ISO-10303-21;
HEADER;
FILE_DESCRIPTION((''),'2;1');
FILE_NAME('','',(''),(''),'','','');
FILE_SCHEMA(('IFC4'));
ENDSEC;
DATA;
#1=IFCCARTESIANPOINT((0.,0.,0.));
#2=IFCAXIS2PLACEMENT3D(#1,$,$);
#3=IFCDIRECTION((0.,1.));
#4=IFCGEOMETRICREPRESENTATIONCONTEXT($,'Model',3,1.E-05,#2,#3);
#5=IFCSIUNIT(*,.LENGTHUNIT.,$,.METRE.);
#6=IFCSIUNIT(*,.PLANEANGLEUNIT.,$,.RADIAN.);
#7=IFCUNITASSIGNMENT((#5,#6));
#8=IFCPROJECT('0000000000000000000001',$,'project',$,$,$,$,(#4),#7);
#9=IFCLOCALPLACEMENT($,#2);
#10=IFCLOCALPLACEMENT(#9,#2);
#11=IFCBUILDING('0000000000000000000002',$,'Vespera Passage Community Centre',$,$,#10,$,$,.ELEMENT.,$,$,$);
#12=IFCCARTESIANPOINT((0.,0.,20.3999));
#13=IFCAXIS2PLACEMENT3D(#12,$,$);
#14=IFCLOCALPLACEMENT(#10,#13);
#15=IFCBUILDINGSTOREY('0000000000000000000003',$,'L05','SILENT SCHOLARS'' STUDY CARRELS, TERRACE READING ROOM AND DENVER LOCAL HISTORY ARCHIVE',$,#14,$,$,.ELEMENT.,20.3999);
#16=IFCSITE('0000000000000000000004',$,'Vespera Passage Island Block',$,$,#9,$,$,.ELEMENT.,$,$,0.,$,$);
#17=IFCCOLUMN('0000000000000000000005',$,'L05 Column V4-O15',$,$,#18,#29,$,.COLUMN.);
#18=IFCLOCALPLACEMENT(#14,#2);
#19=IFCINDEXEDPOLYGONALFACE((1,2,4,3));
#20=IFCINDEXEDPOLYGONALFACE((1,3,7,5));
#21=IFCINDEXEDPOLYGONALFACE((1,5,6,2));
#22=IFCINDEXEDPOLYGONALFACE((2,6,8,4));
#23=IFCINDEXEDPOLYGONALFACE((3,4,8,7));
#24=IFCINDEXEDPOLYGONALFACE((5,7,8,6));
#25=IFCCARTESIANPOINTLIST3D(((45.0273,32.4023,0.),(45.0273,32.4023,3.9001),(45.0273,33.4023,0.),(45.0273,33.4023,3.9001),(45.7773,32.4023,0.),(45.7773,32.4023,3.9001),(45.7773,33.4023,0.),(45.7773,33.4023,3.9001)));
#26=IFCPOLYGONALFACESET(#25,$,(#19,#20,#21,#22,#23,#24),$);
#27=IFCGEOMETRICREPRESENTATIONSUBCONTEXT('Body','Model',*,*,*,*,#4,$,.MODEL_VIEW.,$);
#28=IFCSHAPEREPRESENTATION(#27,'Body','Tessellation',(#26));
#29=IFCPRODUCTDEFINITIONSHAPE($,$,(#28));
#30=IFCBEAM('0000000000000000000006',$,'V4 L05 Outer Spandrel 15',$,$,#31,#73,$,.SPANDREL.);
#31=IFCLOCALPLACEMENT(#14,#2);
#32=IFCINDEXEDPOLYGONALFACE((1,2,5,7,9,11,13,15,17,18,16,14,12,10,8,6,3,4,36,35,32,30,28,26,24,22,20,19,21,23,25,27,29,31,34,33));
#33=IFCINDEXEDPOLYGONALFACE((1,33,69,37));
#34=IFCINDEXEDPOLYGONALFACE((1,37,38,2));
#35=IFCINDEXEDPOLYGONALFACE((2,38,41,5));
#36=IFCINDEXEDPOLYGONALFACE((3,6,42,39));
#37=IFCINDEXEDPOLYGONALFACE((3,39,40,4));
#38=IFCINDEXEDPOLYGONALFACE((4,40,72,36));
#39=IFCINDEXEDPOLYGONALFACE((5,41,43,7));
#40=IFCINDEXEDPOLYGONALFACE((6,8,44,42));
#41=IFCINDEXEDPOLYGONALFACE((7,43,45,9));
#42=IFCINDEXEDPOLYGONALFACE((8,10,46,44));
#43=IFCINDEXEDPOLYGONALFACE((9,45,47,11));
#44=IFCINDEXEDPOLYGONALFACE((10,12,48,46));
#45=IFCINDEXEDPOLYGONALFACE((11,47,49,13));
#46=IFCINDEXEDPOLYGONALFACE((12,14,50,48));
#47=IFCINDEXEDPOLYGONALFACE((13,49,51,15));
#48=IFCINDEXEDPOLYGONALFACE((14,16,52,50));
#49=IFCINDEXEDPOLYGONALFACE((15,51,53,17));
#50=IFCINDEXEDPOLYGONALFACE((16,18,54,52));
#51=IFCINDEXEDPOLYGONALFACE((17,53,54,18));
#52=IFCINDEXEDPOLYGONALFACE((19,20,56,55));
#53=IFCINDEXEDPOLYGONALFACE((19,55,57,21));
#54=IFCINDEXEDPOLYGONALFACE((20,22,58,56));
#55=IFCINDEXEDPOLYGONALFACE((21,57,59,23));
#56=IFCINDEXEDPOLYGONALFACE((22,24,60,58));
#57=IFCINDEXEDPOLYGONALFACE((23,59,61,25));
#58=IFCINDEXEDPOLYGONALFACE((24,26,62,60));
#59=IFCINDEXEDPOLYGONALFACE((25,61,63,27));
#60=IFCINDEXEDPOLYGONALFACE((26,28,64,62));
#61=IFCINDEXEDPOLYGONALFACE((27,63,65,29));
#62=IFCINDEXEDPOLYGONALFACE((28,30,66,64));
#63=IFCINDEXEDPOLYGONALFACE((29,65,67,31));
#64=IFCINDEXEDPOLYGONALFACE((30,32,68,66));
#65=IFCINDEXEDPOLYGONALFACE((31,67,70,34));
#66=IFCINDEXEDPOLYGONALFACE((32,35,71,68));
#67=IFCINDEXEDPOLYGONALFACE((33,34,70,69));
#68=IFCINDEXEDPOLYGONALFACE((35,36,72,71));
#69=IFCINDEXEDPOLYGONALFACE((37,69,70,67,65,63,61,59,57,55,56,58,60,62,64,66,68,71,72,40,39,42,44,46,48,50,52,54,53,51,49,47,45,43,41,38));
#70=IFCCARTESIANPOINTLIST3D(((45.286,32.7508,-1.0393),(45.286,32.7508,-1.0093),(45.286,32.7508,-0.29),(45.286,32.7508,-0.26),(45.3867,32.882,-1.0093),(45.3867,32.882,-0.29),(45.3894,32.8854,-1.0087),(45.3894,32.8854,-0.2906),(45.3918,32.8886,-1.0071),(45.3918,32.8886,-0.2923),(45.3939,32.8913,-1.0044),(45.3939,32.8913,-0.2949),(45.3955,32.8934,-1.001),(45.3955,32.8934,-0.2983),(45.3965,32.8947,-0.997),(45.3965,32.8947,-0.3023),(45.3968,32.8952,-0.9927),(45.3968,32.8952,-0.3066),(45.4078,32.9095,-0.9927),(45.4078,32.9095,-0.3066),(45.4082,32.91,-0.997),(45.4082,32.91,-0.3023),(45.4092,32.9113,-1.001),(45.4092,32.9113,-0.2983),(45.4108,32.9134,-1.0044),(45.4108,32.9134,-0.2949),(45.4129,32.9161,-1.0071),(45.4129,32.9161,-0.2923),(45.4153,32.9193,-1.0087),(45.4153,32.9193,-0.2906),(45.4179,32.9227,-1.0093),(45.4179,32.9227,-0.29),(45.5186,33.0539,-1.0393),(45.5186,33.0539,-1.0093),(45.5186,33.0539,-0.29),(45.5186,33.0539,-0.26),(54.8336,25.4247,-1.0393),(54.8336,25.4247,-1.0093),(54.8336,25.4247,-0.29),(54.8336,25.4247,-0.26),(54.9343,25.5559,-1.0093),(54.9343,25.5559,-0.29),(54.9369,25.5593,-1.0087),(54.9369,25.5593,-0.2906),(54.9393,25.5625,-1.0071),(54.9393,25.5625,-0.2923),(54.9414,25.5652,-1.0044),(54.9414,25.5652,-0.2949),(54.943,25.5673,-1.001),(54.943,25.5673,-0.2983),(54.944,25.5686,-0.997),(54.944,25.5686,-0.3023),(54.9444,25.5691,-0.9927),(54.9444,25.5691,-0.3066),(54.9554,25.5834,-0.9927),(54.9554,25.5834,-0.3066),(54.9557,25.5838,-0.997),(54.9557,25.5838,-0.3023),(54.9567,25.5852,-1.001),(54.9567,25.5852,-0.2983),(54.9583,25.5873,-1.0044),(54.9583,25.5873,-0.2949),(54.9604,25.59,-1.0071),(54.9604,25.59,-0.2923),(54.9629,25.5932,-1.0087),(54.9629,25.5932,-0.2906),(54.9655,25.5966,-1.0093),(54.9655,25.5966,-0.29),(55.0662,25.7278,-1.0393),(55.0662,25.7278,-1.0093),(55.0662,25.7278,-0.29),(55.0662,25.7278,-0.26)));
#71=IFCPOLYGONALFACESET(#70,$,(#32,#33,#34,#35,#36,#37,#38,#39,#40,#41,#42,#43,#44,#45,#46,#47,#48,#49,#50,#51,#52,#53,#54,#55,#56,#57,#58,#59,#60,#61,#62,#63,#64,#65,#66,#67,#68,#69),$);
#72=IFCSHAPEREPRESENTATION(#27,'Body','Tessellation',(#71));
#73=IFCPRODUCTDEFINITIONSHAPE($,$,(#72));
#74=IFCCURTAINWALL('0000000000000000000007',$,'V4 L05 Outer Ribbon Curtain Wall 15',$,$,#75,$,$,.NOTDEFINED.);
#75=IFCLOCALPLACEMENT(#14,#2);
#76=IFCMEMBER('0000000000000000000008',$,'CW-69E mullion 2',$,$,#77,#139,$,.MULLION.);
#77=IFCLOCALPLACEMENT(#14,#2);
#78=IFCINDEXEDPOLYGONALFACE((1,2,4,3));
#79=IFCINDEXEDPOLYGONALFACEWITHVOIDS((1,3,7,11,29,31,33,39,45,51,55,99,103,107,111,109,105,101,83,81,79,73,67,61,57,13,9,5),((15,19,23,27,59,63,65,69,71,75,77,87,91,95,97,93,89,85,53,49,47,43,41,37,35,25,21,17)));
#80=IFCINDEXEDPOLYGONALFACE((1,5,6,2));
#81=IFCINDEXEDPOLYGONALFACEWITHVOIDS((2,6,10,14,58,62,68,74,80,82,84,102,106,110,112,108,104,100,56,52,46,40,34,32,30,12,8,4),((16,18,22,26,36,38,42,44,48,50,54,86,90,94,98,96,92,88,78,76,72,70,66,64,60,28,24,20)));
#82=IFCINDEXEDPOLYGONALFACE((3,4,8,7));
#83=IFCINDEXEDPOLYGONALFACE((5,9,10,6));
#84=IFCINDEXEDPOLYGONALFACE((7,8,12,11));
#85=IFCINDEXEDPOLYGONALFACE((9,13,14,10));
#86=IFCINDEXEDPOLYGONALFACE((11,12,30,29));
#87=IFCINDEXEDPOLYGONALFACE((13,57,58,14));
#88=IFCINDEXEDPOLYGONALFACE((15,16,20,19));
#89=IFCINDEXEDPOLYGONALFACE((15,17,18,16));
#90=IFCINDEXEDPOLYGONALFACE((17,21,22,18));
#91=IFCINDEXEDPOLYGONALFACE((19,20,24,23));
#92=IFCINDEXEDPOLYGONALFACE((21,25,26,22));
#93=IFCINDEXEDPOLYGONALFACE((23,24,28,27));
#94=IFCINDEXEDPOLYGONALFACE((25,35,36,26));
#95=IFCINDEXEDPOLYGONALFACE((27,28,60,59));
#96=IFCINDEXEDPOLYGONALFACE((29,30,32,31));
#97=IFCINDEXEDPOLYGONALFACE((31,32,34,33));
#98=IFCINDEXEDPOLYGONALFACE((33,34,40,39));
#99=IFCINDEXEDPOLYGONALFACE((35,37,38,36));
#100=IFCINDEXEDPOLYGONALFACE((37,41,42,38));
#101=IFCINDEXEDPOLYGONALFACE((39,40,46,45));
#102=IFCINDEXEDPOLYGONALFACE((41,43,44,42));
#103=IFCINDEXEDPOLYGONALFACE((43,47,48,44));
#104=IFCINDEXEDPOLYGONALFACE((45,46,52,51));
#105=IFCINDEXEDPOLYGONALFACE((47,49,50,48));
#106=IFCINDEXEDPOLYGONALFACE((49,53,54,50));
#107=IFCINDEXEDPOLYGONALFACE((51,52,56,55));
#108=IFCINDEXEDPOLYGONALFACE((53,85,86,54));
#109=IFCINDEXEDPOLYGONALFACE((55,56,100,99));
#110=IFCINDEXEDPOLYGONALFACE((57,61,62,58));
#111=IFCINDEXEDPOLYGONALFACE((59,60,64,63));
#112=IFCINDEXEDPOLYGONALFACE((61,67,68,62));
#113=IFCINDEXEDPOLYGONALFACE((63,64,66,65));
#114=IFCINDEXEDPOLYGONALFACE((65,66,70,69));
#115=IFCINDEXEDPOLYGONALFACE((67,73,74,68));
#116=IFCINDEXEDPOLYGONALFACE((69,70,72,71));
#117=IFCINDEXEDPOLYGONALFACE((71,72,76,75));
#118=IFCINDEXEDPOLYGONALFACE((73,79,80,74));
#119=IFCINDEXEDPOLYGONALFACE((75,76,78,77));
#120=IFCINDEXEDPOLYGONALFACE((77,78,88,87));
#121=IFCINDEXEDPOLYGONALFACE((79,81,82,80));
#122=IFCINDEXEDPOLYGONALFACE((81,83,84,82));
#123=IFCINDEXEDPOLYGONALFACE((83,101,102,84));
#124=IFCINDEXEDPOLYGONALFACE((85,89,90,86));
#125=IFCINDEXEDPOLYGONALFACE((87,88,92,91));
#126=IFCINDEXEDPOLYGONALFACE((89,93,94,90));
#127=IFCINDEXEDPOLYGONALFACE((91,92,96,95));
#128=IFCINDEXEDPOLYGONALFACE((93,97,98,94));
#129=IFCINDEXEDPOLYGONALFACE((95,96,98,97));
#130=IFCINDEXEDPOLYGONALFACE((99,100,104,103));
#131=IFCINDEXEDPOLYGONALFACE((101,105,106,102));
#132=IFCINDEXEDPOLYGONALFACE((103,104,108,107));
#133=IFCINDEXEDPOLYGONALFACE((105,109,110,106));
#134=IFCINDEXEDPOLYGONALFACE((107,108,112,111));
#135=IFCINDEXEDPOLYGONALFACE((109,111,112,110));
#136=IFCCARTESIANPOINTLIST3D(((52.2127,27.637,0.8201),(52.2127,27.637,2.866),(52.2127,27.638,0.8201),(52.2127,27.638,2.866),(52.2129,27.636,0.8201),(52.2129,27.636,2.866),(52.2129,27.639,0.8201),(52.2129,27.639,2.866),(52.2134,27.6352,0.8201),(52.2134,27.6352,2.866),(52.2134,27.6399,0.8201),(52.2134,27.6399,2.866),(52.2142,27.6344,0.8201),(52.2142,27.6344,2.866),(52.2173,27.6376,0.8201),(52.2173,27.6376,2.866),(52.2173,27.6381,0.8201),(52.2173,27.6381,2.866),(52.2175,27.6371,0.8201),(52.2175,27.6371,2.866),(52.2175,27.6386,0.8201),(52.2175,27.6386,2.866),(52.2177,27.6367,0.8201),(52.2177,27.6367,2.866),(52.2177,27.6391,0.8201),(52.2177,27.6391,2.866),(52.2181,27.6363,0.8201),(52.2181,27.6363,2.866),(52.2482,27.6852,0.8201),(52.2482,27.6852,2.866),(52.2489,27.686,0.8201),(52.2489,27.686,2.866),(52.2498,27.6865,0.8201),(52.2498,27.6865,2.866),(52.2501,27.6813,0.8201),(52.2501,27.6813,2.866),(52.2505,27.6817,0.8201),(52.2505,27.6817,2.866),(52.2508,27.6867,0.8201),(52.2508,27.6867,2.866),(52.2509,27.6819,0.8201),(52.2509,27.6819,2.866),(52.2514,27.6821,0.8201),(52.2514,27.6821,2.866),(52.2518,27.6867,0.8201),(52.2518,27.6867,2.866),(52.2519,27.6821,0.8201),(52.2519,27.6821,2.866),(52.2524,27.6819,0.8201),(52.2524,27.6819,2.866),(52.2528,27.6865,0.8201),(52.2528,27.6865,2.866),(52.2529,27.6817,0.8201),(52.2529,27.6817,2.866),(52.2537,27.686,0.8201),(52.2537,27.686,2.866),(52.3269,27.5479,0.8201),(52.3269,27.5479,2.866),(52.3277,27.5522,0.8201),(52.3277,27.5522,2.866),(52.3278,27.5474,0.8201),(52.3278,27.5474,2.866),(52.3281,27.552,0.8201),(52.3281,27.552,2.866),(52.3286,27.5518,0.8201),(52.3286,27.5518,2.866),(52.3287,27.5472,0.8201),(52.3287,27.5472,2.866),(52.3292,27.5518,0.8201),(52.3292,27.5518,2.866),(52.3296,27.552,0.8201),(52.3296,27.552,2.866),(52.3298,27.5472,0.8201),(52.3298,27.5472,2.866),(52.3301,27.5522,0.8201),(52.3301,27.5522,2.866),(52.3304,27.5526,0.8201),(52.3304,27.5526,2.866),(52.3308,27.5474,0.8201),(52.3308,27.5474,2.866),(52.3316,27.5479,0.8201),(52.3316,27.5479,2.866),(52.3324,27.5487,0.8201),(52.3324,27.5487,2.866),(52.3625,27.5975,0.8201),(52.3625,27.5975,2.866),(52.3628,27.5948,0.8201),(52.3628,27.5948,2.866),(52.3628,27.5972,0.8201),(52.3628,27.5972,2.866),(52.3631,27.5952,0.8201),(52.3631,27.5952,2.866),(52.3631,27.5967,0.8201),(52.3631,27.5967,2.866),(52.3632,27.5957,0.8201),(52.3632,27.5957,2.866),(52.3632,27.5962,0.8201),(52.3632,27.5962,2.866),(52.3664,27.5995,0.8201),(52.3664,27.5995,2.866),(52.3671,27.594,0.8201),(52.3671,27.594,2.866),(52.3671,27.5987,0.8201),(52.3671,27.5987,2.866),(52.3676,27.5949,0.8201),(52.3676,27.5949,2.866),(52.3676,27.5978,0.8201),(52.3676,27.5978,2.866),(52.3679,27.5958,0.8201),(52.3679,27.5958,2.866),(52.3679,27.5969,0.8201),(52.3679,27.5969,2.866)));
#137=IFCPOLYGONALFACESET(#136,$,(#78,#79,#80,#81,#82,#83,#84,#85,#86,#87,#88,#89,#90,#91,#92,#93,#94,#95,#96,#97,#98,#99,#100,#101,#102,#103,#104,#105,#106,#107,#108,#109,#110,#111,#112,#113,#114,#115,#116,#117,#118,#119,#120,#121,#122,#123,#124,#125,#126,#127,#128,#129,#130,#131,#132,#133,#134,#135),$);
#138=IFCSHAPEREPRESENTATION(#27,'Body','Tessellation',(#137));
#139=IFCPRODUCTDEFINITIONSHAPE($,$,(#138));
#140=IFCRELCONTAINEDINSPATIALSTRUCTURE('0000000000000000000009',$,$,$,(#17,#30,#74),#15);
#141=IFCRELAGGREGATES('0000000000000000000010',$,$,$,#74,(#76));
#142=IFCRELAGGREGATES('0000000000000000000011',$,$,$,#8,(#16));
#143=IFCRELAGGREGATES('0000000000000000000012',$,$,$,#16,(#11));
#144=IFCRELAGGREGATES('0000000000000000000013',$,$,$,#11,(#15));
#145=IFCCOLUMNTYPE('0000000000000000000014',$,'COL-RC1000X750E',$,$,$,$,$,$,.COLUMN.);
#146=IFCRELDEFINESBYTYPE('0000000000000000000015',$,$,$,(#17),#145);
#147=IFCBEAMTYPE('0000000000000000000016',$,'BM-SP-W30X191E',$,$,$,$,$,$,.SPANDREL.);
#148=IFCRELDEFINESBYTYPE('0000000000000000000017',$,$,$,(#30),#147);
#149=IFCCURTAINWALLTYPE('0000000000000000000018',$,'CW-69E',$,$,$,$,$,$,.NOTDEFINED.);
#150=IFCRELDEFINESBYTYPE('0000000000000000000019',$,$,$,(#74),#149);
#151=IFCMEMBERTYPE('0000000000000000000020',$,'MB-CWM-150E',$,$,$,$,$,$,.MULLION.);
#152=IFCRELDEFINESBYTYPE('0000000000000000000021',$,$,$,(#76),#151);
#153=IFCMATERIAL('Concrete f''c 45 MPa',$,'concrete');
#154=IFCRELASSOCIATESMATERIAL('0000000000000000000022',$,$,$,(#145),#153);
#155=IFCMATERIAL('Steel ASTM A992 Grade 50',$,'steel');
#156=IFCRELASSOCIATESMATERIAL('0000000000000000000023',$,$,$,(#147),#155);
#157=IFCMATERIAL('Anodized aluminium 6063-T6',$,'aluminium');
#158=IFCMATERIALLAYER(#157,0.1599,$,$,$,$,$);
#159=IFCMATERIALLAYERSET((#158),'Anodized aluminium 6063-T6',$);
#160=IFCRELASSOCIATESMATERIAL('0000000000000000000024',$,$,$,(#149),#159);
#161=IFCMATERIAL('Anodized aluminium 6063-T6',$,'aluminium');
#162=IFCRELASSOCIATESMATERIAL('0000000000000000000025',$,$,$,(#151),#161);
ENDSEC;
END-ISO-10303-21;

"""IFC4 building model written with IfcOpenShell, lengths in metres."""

from ifc_helpers import new_model, si_unit, direction, frame, origin, origin_2d, place, context, subcontext, project, spatial, rectangle, hollow_rectangle, i_section, extrude, material, layer, layer_set, material_profile, profile_set, type_object, element, aggregate, save


model = new_model("IFC4")

# Units and contexts
model_context = context("Model", 3, precision=1e-05, world=origin(), true_north=direction((0.0, 1.0)))
body_context = subcontext(model_context, "Body", "Model", "MODEL_VIEW")
ifc_project = project(units=[si_unit("LENGTHUNIT", "METRE"), si_unit("PLANEANGLEUNIT", "RADIAN")], contexts=[model_context])

# Site, building, storey
site_placement = place(None, origin())
site = spatial("IfcSite", under=ifc_project, at=site_placement, Name="Vespera Passage Island Block", CompositionType="ELEMENT", RefElevation=0.0)
building_placement = place(site_placement, origin())
building = spatial("IfcBuilding", under=site, at=building_placement, Name="Vespera Passage Community Centre", CompositionType="ELEMENT")
storey_placement = place(building_placement, frame((0.0, 0.0, 20.3999)))
storey = spatial("IfcBuildingStorey", under=building, at=storey_placement, Name="L05", Description="SILENT SCHOLARS' STUDY CARRELS, TERRACE READING ROOM AND DENVER LOCAL HISTORY ARCHIVE", CompositionType="ELEMENT", Elevation=20.3999)

# Column
ifc_material_1 = material(Name="Concrete f'c 45 MPa", Category="concrete")
ifc_material_profile_1 = material_profile(ifc_material_1, rectangle(XDim=0.75, YDim=1.0, at=origin_2d()), Name="RC1000X750")
ifc_profile_set_1 = profile_set([ifc_material_profile_1], Name="Concrete f'c 45 MPa")
column_type = type_object("IfcColumnType", Name="COL-RC1000X750E", PredefinedType="COLUMN", material=ifc_profile_set_1)
column_placement = place(storey_placement, frame((45.4023, 32.9023, 0.0), z_axis=(0.0, 0.0, 1.0), x_axis=(1.0, 0.0, 0.0)))
element("IfcColumn", 1, at=column_placement, inside=storey, type_object=column_type, Name="L05 Column V4-O15", PredefinedType="COLUMN", context=body_context, shape_type="SweptSolid", body=[
    extrude(rectangle(XDim=0.75, YDim=1.0, at=origin_2d()), origin(), (0.0, 0.0, 1.0), 3.9001),
])

# Beam
ifc_material_2 = material(Name="Steel ASTM A992 Grade 50", Category="steel")
ifc_material_profile_2 = material_profile(ifc_material_2, i_section(OverallWidth=0.3821, OverallDepth=0.7793, WebThickness=0.0181, FlangeThickness=0.03, FilletRadius=0.0166, at=origin_2d()), Name="W30X191")
ifc_profile_set_2 = profile_set([ifc_material_profile_2], Name="Steel ASTM A992 Grade 50")
beam_type = type_object("IfcBeamType", Name="BM-SP-W30X191E", PredefinedType="SPANDREL", material=ifc_profile_set_2)
beam_placement = place(storey_placement, frame((45.4023, 32.9023, -0.6497), z_axis=(0.793352, -0.608763, 0.0), x_axis=(0.608763, 0.793352, 0.0)))
element("IfcBeam", 2, at=beam_placement, inside=storey, type_object=beam_type, Name="V4 L05 Outer Spandrel 15", PredefinedType="SPANDREL", context=body_context, shape_type="SweptSolid", body=[
    extrude(i_section(OverallWidth=0.3821, OverallDepth=0.7793, WebThickness=0.0181, FlangeThickness=0.03, FilletRadius=0.0166, at=origin_2d()), origin(), (0.0, 0.0, 1.0), 12.0344),
])

# Curtain wall, member
ifc_material_3 = material(Name="Anodized aluminium 6063-T6", Category="aluminium")
ifc_layer_1 = layer(ifc_material_3, 0.1599)
ifc_layer_set_1 = layer_set([ifc_layer_1], Name="Anodized aluminium 6063-T6")
curtain_wall_type = type_object("IfcCurtainWallType", Name="CW-69E", PredefinedType="NOTDEFINED", material=ifc_layer_set_1)
curtain_wall_placement = place(storey_placement, origin())
curtain_wall = element("IfcCurtainWall", 3, at=curtain_wall_placement, inside=storey, type_object=curtain_wall_type, Name="V4 L05 Outer Ribbon Curtain Wall 15", PredefinedType="NOTDEFINED")
ifc_material_4 = material(Name="Anodized aluminium 6063-T6", Category="aluminium")
ifc_material_profile_3 = material_profile(ifc_material_4, hollow_rectangle(XDim=0.0649, YDim=0.1499, WallThickness=0.0039, InnerFilletRadius=0.002, OuterFilletRadius=0.0039, at=origin_2d()), Name="ALU150X65X4")
ifc_profile_set_3 = profile_set([ifc_material_profile_3], Name="Anodized aluminium 6063-T6")
member_type_1 = type_object("IfcMemberType", Name="MB-CWM-150E", PredefinedType="MULLION", material=ifc_profile_set_3)
member_1_placement = place(storey_placement, frame((52.2903, 27.6169, 0.8201), z_axis=(0.0, 0.0, 1.0), x_axis=(-0.608772, -0.793345, 0.0)))
member_1 = element("IfcMember", 4, at=member_1_placement, type_object=member_type_1, Name="CW-69E mullion 2", PredefinedType="MULLION", context=body_context, shape_type="SweptSolid", body=[
    extrude(hollow_rectangle(XDim=0.0649, YDim=0.1499, WallThickness=0.0039, InnerFilletRadius=0.002, OuterFilletRadius=0.0039, at=origin_2d()), origin(), (0.0, 0.0, 1.0), 2.0459),
])
aggregate(curtain_wall, [member_1])

save(model, "model.ifc")
